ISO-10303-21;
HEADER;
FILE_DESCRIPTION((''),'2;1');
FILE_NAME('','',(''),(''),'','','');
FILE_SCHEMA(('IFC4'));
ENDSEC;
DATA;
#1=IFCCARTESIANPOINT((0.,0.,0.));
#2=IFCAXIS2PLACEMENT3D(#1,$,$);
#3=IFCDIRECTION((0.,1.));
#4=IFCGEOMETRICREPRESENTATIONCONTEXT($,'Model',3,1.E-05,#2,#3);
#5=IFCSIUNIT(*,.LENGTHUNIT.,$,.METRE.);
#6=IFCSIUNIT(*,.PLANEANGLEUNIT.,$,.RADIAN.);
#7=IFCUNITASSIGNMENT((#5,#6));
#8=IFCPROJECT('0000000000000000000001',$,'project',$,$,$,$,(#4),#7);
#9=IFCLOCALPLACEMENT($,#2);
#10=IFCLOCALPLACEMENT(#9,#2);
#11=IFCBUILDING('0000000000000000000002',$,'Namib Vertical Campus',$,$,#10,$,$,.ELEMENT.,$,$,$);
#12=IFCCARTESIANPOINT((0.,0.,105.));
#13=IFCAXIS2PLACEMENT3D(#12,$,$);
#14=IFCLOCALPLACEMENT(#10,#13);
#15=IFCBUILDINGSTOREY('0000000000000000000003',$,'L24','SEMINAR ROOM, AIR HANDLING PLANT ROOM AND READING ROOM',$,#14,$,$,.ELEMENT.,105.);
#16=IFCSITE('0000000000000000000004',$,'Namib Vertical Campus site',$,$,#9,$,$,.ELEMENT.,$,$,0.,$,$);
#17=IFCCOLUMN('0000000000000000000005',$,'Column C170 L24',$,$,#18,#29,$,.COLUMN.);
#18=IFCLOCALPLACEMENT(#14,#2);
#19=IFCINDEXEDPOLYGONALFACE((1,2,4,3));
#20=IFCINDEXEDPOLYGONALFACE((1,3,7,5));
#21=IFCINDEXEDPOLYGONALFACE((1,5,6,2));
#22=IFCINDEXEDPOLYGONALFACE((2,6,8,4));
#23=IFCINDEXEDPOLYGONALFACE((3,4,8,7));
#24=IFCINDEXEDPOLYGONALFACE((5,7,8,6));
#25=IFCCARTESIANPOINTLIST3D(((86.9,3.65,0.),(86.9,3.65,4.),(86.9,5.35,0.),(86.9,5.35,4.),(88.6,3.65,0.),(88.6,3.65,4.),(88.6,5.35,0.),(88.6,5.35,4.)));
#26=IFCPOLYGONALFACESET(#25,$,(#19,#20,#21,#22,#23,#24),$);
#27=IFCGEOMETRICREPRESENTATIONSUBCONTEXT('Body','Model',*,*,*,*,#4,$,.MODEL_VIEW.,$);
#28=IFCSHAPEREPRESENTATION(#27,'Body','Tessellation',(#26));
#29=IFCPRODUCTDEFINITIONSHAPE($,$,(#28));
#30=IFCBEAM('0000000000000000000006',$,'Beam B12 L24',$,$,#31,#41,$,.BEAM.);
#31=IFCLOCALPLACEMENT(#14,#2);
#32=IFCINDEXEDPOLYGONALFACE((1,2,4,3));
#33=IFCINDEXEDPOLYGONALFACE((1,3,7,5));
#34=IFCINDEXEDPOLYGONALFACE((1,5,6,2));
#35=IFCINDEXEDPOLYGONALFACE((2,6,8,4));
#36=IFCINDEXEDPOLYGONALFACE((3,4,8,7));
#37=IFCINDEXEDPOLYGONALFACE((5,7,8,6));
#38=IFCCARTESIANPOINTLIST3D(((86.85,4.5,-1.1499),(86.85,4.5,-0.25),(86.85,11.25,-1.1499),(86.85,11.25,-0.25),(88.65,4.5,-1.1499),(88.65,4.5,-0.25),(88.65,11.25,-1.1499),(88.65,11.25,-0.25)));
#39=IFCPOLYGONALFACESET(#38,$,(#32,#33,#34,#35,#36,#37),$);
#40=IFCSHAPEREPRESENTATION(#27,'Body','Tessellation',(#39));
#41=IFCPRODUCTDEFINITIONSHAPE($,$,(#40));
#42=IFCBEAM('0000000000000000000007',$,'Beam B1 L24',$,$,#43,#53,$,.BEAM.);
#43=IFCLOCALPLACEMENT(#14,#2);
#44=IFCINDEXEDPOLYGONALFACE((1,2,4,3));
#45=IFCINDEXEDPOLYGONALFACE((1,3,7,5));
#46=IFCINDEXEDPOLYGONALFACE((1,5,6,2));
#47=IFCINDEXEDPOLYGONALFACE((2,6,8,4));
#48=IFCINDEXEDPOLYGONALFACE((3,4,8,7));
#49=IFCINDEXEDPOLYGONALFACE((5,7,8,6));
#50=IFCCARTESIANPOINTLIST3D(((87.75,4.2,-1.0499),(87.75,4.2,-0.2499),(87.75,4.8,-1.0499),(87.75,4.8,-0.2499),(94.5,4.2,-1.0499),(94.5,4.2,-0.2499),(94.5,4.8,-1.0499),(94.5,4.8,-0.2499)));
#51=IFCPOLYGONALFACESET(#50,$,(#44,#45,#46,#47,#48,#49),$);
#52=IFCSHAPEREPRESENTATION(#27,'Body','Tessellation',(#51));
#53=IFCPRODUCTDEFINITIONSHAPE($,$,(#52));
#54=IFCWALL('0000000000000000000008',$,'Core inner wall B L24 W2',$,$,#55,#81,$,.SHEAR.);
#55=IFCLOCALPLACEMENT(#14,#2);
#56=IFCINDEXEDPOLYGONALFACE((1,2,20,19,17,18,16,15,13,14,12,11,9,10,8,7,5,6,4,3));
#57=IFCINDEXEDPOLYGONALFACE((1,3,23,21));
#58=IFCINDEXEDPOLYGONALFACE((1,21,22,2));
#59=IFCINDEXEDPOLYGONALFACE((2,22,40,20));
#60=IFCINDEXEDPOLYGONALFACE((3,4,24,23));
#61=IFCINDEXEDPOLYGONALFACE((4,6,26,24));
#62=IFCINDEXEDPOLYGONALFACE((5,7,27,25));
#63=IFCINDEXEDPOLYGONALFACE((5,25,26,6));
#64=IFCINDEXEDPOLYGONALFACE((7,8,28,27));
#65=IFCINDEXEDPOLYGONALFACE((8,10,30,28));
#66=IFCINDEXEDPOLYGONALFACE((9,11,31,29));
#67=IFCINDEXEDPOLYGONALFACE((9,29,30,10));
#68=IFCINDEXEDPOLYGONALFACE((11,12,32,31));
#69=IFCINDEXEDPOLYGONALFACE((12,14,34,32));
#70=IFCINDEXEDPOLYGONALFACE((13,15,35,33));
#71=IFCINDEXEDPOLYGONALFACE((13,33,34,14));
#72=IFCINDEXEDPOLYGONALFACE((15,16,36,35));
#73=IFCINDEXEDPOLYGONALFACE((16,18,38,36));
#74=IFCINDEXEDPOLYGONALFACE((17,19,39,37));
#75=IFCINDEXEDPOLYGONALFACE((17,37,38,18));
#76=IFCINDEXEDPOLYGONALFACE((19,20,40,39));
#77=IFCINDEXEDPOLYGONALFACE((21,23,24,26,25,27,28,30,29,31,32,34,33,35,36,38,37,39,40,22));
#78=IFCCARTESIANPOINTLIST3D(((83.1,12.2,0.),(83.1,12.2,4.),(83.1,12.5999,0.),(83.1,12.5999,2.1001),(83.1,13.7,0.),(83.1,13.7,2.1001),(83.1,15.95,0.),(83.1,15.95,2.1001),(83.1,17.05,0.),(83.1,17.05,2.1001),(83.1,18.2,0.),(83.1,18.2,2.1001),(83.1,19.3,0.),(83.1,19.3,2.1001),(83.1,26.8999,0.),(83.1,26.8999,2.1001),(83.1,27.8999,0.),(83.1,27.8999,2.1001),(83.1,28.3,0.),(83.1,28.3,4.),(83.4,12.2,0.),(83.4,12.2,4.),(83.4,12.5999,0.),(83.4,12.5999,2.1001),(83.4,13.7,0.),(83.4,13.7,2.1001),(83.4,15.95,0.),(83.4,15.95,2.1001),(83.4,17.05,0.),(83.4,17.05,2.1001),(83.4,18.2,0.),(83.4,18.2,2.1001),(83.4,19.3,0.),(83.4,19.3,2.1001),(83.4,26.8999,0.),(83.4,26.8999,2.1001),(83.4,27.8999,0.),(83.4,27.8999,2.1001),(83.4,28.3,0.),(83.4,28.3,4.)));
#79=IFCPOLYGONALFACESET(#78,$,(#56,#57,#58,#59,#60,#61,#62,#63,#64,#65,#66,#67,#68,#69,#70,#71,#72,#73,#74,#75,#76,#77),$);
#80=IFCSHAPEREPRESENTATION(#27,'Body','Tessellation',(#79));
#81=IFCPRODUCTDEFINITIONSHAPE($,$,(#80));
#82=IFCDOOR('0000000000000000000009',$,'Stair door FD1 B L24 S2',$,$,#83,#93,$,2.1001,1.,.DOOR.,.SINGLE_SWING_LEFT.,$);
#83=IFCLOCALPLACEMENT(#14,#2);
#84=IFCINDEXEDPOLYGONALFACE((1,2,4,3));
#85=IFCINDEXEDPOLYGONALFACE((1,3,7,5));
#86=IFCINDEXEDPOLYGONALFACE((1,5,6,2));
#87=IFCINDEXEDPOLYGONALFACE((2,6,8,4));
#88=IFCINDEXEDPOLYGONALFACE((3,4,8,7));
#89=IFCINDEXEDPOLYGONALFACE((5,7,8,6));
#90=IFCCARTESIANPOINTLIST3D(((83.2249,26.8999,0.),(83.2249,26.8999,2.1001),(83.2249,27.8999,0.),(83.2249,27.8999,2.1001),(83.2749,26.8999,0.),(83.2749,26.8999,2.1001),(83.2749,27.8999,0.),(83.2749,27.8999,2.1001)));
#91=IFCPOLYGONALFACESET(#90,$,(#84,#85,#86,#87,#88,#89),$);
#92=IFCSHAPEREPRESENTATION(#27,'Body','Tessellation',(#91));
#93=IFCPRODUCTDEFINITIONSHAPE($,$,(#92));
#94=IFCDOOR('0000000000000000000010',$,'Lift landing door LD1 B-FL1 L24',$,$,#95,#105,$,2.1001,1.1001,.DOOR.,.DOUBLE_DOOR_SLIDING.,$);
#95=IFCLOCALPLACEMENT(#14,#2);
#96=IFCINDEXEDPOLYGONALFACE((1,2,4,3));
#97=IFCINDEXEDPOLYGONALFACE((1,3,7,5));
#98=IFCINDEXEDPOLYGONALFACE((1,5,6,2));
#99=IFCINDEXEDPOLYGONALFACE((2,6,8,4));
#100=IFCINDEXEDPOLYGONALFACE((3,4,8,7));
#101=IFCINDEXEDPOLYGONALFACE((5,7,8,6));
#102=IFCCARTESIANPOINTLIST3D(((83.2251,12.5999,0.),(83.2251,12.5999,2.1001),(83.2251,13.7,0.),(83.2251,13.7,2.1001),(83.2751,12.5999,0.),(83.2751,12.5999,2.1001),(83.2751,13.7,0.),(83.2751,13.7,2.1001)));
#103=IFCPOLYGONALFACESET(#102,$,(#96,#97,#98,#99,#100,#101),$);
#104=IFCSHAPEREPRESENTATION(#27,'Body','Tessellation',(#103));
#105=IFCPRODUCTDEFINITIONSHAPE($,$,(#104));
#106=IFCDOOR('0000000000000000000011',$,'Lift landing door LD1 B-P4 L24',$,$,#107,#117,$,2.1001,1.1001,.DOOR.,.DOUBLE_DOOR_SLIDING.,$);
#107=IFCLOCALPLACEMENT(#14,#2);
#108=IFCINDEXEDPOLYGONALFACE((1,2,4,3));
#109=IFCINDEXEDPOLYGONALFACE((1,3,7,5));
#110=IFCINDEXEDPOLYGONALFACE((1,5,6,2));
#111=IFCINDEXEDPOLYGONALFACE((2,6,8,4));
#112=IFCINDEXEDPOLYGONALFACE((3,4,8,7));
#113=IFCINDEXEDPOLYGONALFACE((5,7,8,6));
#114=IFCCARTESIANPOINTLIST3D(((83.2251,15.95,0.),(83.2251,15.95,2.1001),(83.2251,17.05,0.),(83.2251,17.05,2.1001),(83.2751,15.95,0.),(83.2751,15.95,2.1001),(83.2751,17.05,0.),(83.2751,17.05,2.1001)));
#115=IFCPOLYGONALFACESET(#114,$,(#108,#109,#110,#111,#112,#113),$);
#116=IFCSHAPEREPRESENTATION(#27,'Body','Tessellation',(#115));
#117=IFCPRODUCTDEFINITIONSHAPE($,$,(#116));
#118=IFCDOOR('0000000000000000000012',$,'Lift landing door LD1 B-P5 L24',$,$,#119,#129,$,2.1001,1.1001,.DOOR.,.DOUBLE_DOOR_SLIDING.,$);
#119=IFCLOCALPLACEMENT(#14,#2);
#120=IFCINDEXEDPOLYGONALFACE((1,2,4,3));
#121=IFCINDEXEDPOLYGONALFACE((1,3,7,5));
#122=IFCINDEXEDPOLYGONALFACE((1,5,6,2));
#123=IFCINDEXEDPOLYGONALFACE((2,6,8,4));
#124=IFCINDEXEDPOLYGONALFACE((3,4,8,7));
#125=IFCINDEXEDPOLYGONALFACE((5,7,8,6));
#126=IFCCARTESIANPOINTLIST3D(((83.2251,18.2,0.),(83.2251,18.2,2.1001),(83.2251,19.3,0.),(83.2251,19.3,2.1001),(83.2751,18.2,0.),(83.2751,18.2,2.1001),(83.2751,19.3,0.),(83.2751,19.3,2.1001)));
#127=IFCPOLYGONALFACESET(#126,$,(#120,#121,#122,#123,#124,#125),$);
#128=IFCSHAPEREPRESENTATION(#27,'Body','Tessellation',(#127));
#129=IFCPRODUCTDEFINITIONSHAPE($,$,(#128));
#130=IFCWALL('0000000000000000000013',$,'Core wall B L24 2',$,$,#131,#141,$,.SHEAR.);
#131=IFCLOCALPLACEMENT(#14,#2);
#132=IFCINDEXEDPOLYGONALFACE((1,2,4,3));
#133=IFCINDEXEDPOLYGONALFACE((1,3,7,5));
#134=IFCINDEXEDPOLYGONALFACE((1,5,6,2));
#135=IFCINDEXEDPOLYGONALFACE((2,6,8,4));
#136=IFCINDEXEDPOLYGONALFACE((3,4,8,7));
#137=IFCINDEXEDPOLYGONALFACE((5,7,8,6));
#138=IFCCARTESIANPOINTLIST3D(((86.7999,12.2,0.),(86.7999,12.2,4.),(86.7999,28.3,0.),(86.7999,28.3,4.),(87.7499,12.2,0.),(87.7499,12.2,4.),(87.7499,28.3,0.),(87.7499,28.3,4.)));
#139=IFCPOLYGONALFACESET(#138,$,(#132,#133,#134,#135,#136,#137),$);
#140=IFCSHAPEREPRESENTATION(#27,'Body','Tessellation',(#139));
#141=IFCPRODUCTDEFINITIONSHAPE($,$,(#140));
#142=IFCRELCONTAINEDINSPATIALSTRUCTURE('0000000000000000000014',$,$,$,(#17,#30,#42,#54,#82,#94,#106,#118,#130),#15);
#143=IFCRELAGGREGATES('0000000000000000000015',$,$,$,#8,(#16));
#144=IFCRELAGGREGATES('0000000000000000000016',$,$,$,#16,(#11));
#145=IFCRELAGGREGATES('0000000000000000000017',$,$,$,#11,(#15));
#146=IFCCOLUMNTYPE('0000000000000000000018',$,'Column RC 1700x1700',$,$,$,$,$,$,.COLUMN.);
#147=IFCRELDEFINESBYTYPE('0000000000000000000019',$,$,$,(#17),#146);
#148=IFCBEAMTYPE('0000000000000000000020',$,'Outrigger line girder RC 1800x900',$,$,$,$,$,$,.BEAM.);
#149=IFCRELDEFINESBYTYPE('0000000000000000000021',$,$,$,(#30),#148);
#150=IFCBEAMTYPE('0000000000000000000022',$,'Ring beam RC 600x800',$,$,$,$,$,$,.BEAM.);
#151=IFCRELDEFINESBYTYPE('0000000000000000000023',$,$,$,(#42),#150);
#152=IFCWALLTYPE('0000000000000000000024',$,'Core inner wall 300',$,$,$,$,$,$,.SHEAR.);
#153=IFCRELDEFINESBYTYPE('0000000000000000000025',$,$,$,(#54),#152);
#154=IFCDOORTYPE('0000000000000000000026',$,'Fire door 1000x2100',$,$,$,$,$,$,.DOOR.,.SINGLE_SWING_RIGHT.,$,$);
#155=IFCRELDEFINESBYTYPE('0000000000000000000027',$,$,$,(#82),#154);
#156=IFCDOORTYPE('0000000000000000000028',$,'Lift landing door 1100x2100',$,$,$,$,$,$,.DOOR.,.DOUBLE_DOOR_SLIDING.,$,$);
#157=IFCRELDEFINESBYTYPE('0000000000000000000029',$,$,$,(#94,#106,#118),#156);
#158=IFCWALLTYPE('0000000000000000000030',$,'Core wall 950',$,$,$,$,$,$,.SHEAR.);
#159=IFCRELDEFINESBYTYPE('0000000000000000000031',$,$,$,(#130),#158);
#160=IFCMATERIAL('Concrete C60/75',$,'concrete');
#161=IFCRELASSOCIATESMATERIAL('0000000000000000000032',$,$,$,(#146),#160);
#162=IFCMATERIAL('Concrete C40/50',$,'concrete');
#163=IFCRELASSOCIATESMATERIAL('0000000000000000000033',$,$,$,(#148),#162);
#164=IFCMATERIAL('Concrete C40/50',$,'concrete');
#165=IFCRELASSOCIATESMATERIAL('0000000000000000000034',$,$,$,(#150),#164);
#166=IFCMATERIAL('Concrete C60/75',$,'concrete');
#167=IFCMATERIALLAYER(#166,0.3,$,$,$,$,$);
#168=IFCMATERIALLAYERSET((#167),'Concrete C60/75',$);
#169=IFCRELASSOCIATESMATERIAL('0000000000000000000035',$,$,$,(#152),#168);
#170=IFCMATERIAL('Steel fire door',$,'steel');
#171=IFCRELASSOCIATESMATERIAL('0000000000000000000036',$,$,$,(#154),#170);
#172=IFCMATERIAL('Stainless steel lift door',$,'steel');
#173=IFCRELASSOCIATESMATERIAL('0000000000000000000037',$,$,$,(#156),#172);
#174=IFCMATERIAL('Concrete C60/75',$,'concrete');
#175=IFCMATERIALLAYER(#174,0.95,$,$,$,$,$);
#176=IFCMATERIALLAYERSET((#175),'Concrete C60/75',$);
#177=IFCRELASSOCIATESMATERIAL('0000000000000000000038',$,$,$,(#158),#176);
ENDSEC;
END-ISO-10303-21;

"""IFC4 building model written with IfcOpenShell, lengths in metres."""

from ifc_helpers import new_model, si_unit, direction, frame, frame_2d, origin, origin_2d, place, context, subcontext, project, spatial, rectangle, extrude, material, layer, layer_set, material_profile, profile_set, type_object, element, fill, save


model = new_model("IFC4")

# Units and contexts
model_context = context("Model", 3, precision=1e-05, world=origin(), true_north=direction((0.0, 1.0)))
body_context = subcontext(model_context, "Body", "Model", "MODEL_VIEW")
ifc_project = project(units=[si_unit("LENGTHUNIT", "METRE"), si_unit("PLANEANGLEUNIT", "RADIAN")], contexts=[model_context])

# Site, building, storey
site_placement = place(None, origin())
site = spatial("IfcSite", under=ifc_project, at=site_placement, Name="Namib Vertical Campus site", CompositionType="ELEMENT", RefElevation=0.0)
building_placement = place(site_placement, origin())
building = spatial("IfcBuilding", under=site, at=building_placement, Name="Namib Vertical Campus", CompositionType="ELEMENT")
storey_placement = place(building_placement, frame((0.0, 0.0, 105.0)))
storey = spatial("IfcBuildingStorey", under=building, at=storey_placement, Name="L24", Description="SEMINAR ROOM, AIR HANDLING PLANT ROOM AND READING ROOM", CompositionType="ELEMENT", Elevation=105.0)

# Column
ifc_material_1 = material(Name="Concrete C60/75", Category="concrete")
ifc_material_profile_1 = material_profile(ifc_material_1, rectangle(XDim=1.7, YDim=1.7, at=origin_2d()))
ifc_profile_set_1 = profile_set([ifc_material_profile_1], Name="Concrete C60/75")
column_type = type_object("IfcColumnType", Name="Column RC 1700x1700", PredefinedType="COLUMN", material=ifc_profile_set_1)
column_placement = place(storey_placement, frame((87.75, 4.5, 0.0), z_axis=(0.0, 0.0, 1.0), x_axis=(1.0, 0.0, 0.0)))
element("IfcColumn", 1, at=column_placement, inside=storey, type_object=column_type, Name="Column C170 L24", PredefinedType="COLUMN", context=body_context, shape_type="SweptSolid", body=[
    extrude(rectangle(XDim=1.7, YDim=1.7, at=origin_2d()), origin(), (0.0, 0.0, 1.0), 4.0),
])

# Beams
ifc_material_2 = material(Name="Concrete C40/50", Category="concrete")
ifc_material_profile_2 = material_profile(ifc_material_2, rectangle(XDim=1.8, YDim=0.8999, at=origin_2d()))
ifc_profile_set_2 = profile_set([ifc_material_profile_2], Name="Concrete C40/50")
beam_type_1 = type_object("IfcBeamType", Name="Outrigger line girder RC 1800x900", PredefinedType="BEAM", material=ifc_profile_set_2)
beam_1_placement = place(storey_placement, frame((87.75, 4.5, -0.7), z_axis=(0.0, 1.0, 0.0), x_axis=(-1.0, 0.0, 0.0)))
element("IfcBeam", 2, at=beam_1_placement, inside=storey, type_object=beam_type_1, Name="Beam B12 L24", PredefinedType="BEAM", context=body_context, shape_type="SweptSolid", body=[
    extrude(rectangle(XDim=1.8, YDim=0.8999, at=origin_2d()), origin(), (0.0, 0.0, 1.0), 6.75),
])
ifc_material_3 = material(Name="Concrete C40/50", Category="concrete")
ifc_material_profile_3 = material_profile(ifc_material_3, rectangle(XDim=0.6001, YDim=0.8, at=origin_2d()))
ifc_profile_set_3 = profile_set([ifc_material_profile_3], Name="Concrete C40/50")
beam_type_2 = type_object("IfcBeamType", Name="Ring beam RC 600x800", PredefinedType="BEAM", material=ifc_profile_set_3)
beam_2_placement = place(storey_placement, frame((87.75, 4.5, -0.6499), z_axis=(1.0, 0.0, 0.0), x_axis=(0.0, 1.0, 0.0)))
element("IfcBeam", 3, at=beam_2_placement, inside=storey, type_object=beam_type_2, Name="Beam B1 L24", PredefinedType="BEAM", context=body_context, shape_type="SweptSolid", body=[
    extrude(rectangle(XDim=0.6001, YDim=0.8, at=origin_2d()), origin(), (0.0, 0.0, 1.0), 6.75),
])

# Wall, openings, doors
ifc_material_4 = material(Name="Concrete C60/75", Category="concrete")
ifc_layer_1 = layer(ifc_material_4, 0.3)
ifc_layer_set_1 = layer_set([ifc_layer_1], Name="Concrete C60/75")
wall_type_1 = type_object("IfcWallType", Name="Core inner wall 300", PredefinedType="SHEAR", material=ifc_layer_set_1)
wall_1_placement = place(storey_placement, frame((83.25, 12.2, 0.0), z_axis=(0.0, 0.0, 1.0), x_axis=(0.0, 1.0, 0.0)))
wall_1 = element("IfcWall", 4, at=wall_1_placement, inside=storey, type_object=wall_type_1, Name="Core inner wall B L24 W2", PredefinedType="SHEAR", context=body_context, shape_type="SweptSolid", body=[
    extrude(rectangle(XDim=16.1001, YDim=0.3, at=frame_2d((8.05, 0.0))), origin(), (0.0, 0.0, 1.0), 4.0),
])
opening_1_placement = place(wall_1_placement, frame((14.7, 0.0, 0.0)))
opening_1 = element("IfcOpeningElement", 5, at=opening_1_placement, cuts=wall_1, PredefinedType="OPENING", context=body_context, shape_type="SweptSolid", body=[
    extrude(rectangle(XDim=1.0, YDim=2.1001, at=frame_2d((0.5, 1.05))), frame((0.0, 0.1599, 0.0), z_axis=(0.0, -1.0, 0.0), x_axis=(1.0, 0.0, 0.0)), (0.0, 0.0, 1.0), 0.3201),
])
opening_2_placement = place(wall_1_placement, frame((0.3999, 0.0, 0.0)))
opening_2 = element("IfcOpeningElement", 6, at=opening_2_placement, cuts=wall_1, PredefinedType="OPENING", context=body_context, shape_type="SweptSolid", body=[
    extrude(rectangle(XDim=1.1001, YDim=2.1001, at=frame_2d((0.55, 1.05))), frame((0.0, 0.1599, 0.0), z_axis=(0.0, -1.0, 0.0), x_axis=(1.0, 0.0, 0.0)), (0.0, 0.0, 1.0), 0.3201),
])
opening_3_placement = place(wall_1_placement, frame((3.75, 0.0, 0.0)))
opening_3 = element("IfcOpeningElement", 7, at=opening_3_placement, cuts=wall_1, PredefinedType="OPENING", context=body_context, shape_type="SweptSolid", body=[
    extrude(rectangle(XDim=1.1001, YDim=2.1001, at=frame_2d((0.55, 1.05))), frame((0.0, 0.1599, 0.0), z_axis=(0.0, -1.0, 0.0), x_axis=(1.0, 0.0, 0.0)), (0.0, 0.0, 1.0), 0.3201),
])
opening_4_placement = place(wall_1_placement, frame((6.0, 0.0, 0.0)))
opening_4 = element("IfcOpeningElement", 8, at=opening_4_placement, cuts=wall_1, PredefinedType="OPENING", context=body_context, shape_type="SweptSolid", body=[
    extrude(rectangle(XDim=1.1001, YDim=2.1001, at=frame_2d((0.55, 1.05))), frame((0.0, 0.1599, 0.0), z_axis=(0.0, -1.0, 0.0), x_axis=(1.0, 0.0, 0.0)), (0.0, 0.0, 1.0), 0.3201),
])
ifc_material_5 = material(Name="Steel fire door", Category="steel")
door_type_1 = type_object("IfcDoorType", Name="Fire door 1000x2100", OperationType="SINGLE_SWING_RIGHT", PredefinedType="DOOR", material=ifc_material_5)
door_1_placement = place(opening_1_placement, frame((1.0, 0.0, 0.0), z_axis=(0.0, 0.0, 1.0), x_axis=(-1.0, 0.0, 0.0)))
door_1 = element("IfcDoor", 9, at=door_1_placement, inside=storey, type_object=door_type_1, Name="Stair door FD1 B L24 S2", OperationType="SINGLE_SWING_LEFT", OverallHeight=2.1001, OverallWidth=1.0, PredefinedType="DOOR", context=body_context, shape_type="SweptSolid", body=[
    extrude(rectangle(XDim=1.0, YDim=2.1001, at=frame_2d((0.5, 1.05))), frame((0.0, 0.0249, 0.0), z_axis=(0.0, -1.0, 0.0), x_axis=(1.0, 0.0, 0.0)), (0.0, 0.0, 1.0), 0.05),
])
fill(opening_1, door_1)
ifc_material_6 = material(Name="Stainless steel lift door", Category="steel")
door_type_2 = type_object("IfcDoorType", Name="Lift landing door 1100x2100", OperationType="DOUBLE_DOOR_SLIDING", PredefinedType="DOOR", material=ifc_material_6)
door_2_placement = place(opening_2_placement, origin())
door_2 = element("IfcDoor", 10, at=door_2_placement, inside=storey, type_object=door_type_2, Name="Lift landing door LD1 B-FL1 L24", OperationType="DOUBLE_DOOR_SLIDING", OverallHeight=2.1001, OverallWidth=1.1001, PredefinedType="DOOR", context=body_context, shape_type="SweptSolid", body=[
    extrude(rectangle(XDim=1.1001, YDim=2.1001, at=frame_2d((0.55, 1.05))), frame((0.0, 0.0249, 0.0), z_axis=(0.0, -1.0, 0.0), x_axis=(1.0, 0.0, 0.0)), (0.0, 0.0, 1.0), 0.05),
])
fill(opening_2, door_2)
door_3_placement = place(opening_3_placement, origin())
door_3 = element("IfcDoor", 11, at=door_3_placement, inside=storey, type_object=door_type_2, Name="Lift landing door LD1 B-P4 L24", OperationType="DOUBLE_DOOR_SLIDING", OverallHeight=2.1001, OverallWidth=1.1001, PredefinedType="DOOR", context=body_context, shape_type="SweptSolid", body=[
    extrude(rectangle(XDim=1.1001, YDim=2.1001, at=frame_2d((0.55, 1.05))), frame((0.0, 0.0249, 0.0), z_axis=(0.0, -1.0, 0.0), x_axis=(1.0, 0.0, 0.0)), (0.0, 0.0, 1.0), 0.05),
])
fill(opening_3, door_3)
door_4_placement = place(opening_4_placement, origin())
door_4 = element("IfcDoor", 12, at=door_4_placement, inside=storey, type_object=door_type_2, Name="Lift landing door LD1 B-P5 L24", OperationType="DOUBLE_DOOR_SLIDING", OverallHeight=2.1001, OverallWidth=1.1001, PredefinedType="DOOR", context=body_context, shape_type="SweptSolid", body=[
    extrude(rectangle(XDim=1.1001, YDim=2.1001, at=frame_2d((0.55, 1.05))), frame((0.0, 0.0249, 0.0), z_axis=(0.0, -1.0, 0.0), x_axis=(1.0, 0.0, 0.0)), (0.0, 0.0, 1.0), 0.05),
])
fill(opening_4, door_4)

# Wall
ifc_material_7 = material(Name="Concrete C60/75", Category="concrete")
ifc_layer_2 = layer(ifc_material_7, 0.95)
ifc_layer_set_2 = layer_set([ifc_layer_2], Name="Concrete C60/75")
wall_type_2 = type_object("IfcWallType", Name="Core wall 950", PredefinedType="SHEAR", material=ifc_layer_set_2)
wall_2_placement = place(storey_placement, frame((87.2749, 12.2, 0.0), z_axis=(0.0, 0.0, 1.0), x_axis=(0.0, 1.0, 0.0)))
element("IfcWall", 13, at=wall_2_placement, inside=storey, type_object=wall_type_2, Name="Core wall B L24 2", PredefinedType="SHEAR", context=body_context, shape_type="SweptSolid", body=[
    extrude(rectangle(XDim=16.1001, YDim=0.95, at=frame_2d((8.05, 0.0))), origin(), (0.0, 0.0, 1.0), 4.0),
])

save(model, "model.ifc")
